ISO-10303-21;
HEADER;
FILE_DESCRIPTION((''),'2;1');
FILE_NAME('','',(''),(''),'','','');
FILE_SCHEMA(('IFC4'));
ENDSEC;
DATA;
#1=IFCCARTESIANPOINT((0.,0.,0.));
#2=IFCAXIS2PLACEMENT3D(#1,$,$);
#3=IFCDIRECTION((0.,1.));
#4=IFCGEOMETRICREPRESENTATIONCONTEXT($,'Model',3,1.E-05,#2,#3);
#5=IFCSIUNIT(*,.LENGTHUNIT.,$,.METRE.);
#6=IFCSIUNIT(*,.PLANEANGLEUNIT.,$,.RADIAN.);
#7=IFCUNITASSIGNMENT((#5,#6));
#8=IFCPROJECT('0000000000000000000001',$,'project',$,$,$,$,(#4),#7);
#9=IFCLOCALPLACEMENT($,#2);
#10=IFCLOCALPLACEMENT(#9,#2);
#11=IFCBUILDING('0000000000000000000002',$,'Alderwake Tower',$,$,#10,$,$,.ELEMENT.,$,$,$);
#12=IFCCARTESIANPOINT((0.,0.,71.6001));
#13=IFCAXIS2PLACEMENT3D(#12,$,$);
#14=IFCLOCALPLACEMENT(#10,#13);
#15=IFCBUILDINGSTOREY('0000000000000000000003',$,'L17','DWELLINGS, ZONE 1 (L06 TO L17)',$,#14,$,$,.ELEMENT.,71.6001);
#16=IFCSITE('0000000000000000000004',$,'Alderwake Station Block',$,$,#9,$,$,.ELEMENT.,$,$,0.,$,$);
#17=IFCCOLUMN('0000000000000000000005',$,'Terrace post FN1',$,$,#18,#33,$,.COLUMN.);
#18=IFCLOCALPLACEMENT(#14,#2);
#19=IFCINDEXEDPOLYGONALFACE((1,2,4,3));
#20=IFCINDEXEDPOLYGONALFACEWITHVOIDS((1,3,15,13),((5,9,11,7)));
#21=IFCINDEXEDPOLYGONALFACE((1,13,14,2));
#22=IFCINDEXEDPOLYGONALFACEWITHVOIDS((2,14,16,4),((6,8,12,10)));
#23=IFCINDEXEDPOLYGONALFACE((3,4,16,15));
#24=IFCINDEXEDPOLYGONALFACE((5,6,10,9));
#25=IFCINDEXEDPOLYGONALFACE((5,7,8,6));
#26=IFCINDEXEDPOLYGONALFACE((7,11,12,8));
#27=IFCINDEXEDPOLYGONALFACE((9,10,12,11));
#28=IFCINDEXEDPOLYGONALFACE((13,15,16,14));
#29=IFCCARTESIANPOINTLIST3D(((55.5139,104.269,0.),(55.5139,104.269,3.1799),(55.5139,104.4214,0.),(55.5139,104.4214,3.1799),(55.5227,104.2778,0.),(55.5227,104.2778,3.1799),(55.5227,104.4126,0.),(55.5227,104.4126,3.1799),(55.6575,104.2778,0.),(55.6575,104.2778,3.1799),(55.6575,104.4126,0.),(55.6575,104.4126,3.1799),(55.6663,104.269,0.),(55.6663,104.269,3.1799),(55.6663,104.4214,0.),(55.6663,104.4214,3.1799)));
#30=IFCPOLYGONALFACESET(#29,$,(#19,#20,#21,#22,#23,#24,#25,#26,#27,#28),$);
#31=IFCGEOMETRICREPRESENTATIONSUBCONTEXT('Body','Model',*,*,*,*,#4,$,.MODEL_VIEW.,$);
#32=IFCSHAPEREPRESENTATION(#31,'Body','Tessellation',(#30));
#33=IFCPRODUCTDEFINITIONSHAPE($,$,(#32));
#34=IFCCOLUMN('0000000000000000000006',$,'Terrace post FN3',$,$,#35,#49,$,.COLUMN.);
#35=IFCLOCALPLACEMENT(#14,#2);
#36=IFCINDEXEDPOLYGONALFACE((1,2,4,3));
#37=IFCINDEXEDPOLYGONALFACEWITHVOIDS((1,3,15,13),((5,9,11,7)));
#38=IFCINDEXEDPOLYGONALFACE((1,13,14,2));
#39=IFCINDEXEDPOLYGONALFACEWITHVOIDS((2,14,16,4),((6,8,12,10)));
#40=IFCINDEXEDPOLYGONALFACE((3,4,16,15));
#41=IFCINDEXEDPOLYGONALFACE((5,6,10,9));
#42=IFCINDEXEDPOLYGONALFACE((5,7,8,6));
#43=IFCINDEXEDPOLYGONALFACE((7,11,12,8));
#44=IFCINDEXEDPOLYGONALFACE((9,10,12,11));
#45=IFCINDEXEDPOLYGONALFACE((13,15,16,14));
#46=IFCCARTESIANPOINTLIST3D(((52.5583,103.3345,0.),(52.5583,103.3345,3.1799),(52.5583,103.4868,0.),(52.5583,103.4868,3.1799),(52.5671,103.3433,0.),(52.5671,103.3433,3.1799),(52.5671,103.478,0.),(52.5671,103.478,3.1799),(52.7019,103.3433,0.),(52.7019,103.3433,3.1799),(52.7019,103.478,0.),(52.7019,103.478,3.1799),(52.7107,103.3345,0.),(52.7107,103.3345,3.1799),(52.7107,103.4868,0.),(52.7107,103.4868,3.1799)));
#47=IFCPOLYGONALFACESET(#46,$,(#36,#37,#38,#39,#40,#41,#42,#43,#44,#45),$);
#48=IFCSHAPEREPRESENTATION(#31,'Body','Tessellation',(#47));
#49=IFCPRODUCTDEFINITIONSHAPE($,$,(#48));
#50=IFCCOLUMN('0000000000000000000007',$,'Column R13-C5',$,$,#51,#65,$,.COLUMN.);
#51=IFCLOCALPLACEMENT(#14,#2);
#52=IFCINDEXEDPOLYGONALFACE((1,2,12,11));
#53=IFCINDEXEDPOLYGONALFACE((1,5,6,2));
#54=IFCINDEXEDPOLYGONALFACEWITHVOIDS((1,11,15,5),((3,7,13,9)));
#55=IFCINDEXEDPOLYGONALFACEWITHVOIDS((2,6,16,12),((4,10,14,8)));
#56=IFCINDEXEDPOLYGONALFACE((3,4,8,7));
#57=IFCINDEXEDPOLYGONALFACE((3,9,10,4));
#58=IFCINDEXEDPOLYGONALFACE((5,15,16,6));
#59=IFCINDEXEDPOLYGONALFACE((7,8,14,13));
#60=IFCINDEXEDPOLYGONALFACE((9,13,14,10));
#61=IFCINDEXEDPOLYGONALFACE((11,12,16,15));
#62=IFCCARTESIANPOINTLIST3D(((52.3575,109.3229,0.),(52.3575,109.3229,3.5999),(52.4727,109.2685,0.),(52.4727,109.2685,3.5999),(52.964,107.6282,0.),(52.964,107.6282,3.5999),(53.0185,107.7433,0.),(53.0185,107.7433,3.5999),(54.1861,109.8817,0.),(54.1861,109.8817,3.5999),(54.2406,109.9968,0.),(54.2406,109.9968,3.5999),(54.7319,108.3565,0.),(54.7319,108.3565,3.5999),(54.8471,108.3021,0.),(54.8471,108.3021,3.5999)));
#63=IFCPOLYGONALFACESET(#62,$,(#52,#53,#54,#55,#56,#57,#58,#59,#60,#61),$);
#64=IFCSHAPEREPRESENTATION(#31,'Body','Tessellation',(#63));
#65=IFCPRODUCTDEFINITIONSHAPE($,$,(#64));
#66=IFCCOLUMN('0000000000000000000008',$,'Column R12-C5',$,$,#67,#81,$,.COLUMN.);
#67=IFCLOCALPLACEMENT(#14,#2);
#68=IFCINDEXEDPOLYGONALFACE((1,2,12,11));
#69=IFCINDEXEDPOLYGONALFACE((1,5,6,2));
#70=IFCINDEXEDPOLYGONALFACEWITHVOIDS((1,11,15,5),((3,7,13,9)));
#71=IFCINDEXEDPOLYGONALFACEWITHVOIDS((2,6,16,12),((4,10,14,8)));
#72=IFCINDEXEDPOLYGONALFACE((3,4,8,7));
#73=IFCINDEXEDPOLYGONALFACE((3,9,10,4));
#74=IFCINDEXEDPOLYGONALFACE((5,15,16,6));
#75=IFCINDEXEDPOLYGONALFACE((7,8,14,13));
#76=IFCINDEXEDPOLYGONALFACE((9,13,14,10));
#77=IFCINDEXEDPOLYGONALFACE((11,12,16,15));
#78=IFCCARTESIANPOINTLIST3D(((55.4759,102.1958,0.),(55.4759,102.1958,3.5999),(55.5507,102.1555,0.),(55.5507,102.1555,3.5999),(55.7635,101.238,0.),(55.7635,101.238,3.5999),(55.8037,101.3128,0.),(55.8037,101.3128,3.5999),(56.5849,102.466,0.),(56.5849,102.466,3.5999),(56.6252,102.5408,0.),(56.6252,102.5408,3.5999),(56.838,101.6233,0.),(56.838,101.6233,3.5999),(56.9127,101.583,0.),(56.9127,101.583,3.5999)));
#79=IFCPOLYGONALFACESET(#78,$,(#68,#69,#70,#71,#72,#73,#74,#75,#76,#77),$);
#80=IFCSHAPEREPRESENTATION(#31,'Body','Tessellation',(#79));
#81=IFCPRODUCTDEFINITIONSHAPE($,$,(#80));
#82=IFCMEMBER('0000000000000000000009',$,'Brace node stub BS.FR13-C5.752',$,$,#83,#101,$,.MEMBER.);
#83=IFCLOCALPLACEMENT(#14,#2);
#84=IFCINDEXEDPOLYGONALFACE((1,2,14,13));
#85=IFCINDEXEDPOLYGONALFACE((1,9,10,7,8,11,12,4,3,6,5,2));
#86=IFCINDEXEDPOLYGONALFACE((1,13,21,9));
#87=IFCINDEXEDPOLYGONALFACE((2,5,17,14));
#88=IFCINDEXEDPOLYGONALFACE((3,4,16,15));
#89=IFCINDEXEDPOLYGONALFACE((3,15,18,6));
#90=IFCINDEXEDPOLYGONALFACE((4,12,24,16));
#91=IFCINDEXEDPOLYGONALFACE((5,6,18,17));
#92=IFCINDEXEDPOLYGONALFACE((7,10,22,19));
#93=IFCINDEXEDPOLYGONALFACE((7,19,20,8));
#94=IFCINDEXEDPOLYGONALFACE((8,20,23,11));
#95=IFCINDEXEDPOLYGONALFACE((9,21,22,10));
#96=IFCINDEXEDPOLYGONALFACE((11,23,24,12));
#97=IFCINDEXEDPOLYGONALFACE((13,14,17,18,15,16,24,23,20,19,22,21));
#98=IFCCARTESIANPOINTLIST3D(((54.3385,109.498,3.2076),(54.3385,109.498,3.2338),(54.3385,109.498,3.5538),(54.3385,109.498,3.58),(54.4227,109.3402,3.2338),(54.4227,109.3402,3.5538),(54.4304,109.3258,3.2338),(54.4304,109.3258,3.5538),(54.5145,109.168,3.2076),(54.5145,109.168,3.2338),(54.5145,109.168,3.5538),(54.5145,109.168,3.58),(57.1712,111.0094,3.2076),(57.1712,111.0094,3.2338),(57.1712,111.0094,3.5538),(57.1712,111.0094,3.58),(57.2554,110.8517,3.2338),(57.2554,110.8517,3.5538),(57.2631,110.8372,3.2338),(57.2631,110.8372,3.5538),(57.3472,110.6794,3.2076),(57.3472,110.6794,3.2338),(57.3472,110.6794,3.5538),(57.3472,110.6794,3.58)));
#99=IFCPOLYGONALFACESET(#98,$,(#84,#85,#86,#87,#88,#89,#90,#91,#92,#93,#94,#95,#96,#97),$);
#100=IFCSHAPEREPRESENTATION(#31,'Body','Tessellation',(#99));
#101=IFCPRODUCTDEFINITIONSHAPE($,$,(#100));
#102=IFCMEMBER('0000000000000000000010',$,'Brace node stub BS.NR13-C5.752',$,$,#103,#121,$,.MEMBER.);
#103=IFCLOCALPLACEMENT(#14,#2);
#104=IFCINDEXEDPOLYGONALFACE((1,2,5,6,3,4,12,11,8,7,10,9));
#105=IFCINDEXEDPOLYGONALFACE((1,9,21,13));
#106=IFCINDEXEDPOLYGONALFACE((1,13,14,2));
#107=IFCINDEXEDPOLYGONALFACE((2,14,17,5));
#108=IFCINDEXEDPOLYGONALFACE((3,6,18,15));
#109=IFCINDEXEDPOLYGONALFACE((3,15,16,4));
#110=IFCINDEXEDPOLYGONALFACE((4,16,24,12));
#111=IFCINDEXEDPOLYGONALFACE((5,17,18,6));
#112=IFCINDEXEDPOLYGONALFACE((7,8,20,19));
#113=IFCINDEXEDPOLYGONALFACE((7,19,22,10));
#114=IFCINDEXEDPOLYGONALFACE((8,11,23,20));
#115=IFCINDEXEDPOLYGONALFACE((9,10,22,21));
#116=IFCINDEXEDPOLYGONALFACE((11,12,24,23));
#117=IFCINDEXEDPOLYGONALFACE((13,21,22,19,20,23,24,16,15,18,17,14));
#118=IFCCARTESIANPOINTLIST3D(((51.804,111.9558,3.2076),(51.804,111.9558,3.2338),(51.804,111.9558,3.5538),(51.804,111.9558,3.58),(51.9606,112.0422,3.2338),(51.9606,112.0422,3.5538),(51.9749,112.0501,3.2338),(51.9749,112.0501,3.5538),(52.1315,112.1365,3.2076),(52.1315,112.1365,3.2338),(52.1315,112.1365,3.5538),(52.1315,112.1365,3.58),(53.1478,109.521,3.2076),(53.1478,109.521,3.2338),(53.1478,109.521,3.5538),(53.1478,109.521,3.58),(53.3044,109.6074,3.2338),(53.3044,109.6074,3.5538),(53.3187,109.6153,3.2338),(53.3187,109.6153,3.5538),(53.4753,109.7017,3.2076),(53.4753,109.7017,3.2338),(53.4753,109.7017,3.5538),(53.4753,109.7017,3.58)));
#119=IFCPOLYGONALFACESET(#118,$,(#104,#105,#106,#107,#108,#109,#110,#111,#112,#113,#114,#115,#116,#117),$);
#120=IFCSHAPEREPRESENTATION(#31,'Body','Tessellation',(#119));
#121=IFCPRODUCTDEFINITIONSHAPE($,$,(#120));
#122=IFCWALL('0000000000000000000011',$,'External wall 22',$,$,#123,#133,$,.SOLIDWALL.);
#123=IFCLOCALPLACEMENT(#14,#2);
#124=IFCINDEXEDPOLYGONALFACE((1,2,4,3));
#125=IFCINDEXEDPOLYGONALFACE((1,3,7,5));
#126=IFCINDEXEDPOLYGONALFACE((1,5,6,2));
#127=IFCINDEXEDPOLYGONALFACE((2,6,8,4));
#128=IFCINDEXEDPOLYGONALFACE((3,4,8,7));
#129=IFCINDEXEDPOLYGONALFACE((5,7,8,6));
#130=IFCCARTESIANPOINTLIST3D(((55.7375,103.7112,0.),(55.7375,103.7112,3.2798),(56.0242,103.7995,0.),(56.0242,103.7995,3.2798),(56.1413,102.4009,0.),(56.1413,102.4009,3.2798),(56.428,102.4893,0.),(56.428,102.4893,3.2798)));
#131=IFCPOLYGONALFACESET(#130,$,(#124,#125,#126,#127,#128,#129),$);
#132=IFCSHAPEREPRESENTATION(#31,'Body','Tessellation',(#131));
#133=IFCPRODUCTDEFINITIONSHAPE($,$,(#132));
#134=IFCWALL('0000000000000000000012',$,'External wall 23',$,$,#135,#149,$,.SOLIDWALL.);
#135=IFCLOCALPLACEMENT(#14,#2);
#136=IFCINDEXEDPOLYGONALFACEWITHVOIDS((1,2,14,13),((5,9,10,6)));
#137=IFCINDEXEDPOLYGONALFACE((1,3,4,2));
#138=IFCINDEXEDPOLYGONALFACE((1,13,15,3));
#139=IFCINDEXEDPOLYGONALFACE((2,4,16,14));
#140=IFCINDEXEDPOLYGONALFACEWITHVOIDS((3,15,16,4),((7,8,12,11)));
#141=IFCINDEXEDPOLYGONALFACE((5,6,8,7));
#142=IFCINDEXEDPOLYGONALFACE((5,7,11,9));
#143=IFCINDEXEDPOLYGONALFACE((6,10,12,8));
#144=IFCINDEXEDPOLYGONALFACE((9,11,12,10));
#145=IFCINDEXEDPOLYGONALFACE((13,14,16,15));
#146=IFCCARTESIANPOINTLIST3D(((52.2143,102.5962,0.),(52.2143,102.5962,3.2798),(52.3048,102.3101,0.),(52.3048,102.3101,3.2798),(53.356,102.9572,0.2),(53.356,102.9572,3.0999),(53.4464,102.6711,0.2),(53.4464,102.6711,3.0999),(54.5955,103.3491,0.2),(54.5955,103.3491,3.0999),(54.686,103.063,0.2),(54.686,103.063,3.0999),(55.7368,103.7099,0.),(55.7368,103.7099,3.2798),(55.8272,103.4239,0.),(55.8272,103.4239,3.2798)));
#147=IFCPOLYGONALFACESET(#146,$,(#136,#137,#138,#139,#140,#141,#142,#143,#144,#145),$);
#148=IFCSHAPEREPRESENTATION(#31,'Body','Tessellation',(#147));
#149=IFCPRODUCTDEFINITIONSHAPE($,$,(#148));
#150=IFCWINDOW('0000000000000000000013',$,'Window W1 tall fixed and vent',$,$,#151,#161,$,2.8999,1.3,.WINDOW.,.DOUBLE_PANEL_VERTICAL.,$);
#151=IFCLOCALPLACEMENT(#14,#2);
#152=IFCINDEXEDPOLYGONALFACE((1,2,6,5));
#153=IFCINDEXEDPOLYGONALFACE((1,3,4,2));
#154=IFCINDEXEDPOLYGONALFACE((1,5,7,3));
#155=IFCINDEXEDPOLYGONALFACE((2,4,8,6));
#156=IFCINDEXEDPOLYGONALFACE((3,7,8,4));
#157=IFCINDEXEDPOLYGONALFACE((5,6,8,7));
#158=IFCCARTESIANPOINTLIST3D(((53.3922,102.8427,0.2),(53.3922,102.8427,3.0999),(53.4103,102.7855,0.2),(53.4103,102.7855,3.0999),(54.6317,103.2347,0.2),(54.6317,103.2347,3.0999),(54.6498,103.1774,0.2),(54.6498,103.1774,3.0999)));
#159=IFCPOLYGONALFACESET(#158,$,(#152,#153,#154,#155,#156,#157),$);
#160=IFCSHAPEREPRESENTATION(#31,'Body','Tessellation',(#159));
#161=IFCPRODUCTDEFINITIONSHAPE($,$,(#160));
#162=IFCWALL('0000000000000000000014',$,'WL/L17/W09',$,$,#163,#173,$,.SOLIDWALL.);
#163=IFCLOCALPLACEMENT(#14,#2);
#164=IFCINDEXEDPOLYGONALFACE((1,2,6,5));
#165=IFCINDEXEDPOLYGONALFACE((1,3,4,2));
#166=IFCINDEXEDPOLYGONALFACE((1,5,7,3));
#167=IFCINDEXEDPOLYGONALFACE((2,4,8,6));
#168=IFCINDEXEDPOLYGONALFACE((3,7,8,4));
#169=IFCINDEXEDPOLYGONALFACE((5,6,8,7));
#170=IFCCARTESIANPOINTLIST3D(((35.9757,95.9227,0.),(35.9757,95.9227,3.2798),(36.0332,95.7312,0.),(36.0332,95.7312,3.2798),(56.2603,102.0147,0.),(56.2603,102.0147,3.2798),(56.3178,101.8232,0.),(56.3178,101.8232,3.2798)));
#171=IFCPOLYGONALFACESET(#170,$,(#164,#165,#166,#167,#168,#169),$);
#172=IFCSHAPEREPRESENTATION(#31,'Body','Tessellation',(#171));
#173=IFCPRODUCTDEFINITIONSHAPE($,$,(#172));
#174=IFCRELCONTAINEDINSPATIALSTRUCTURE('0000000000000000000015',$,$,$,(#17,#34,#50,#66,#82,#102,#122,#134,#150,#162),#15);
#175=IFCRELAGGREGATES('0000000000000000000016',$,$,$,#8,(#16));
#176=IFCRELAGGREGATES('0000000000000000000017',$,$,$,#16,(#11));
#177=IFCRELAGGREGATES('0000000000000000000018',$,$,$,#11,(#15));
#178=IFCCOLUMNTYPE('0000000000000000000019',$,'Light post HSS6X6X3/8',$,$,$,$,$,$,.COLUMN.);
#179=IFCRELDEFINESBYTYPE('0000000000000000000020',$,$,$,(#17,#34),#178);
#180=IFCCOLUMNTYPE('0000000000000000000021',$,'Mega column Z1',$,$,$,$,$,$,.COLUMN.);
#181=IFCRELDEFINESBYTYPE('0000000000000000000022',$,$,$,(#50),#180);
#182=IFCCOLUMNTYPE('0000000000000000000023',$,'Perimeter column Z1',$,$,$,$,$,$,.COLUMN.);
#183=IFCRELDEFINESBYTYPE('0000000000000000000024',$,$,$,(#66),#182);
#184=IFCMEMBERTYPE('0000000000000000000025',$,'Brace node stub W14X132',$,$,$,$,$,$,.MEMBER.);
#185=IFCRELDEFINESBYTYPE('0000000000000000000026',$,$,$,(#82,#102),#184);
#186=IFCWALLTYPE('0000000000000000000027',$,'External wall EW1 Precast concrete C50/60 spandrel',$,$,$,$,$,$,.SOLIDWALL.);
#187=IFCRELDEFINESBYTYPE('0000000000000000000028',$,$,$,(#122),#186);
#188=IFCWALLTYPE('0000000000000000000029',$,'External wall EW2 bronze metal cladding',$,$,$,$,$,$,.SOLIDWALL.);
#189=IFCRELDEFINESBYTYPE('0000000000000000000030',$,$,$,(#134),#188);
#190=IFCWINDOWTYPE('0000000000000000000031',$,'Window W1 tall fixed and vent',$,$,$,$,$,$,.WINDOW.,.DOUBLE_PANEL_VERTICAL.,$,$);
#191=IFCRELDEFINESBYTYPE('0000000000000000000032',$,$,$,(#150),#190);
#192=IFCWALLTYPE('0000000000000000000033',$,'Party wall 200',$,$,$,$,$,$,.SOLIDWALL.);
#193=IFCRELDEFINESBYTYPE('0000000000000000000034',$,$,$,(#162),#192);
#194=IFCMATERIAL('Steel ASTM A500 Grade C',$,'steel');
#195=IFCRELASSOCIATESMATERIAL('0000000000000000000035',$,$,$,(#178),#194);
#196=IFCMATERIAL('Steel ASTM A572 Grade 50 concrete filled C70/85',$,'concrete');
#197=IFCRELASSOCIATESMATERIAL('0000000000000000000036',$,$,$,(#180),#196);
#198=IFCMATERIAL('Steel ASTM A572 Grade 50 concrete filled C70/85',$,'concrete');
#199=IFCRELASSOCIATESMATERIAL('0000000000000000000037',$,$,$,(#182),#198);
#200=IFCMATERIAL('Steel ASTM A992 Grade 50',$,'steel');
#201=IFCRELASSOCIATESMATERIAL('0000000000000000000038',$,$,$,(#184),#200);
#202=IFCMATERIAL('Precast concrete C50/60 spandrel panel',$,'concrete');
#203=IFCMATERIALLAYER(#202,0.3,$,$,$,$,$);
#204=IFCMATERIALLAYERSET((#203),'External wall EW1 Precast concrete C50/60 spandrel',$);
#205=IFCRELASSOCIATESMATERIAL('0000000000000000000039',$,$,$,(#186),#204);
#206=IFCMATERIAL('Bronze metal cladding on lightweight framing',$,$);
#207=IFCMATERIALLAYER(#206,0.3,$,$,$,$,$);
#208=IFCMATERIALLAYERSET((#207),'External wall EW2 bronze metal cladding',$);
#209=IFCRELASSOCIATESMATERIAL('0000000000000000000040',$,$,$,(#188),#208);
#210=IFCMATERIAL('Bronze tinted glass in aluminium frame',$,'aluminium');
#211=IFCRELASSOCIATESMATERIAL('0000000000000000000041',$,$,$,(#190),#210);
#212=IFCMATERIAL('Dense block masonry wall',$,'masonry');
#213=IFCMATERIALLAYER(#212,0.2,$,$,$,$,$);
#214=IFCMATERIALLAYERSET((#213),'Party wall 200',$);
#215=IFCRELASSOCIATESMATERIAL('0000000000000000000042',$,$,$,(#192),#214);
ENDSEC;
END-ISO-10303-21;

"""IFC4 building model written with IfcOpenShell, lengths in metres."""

from ifc_helpers import new_model, si_unit, direction, frame, frame_2d, origin, origin_2d, place, context, subcontext, project, spatial, rectangle, hollow_rectangle, i_section, extrude, material, layer, layer_set, material_profile, profile_set, type_object, element, fill, save


model = new_model("IFC4")

# Units and contexts
model_context = context("Model", 3, precision=1e-05, world=origin(), true_north=direction((0.0, 1.0)))
body_context = subcontext(model_context, "Body", "Model", "MODEL_VIEW")
ifc_project = project(units=[si_unit("LENGTHUNIT", "METRE"), si_unit("PLANEANGLEUNIT", "RADIAN")], contexts=[model_context])

# Site, building, storey
site_placement = place(None, origin())
site = spatial("IfcSite", under=ifc_project, at=site_placement, Name="Alderwake Station Block", CompositionType="ELEMENT", RefElevation=0.0)
building_placement = place(site_placement, origin())
building = spatial("IfcBuilding", under=site, at=building_placement, Name="Alderwake Tower", CompositionType="ELEMENT")
storey_placement = place(building_placement, frame((0.0, 0.0, 71.6001)))
storey = spatial("IfcBuildingStorey", under=building, at=storey_placement, Name="L17", Description="DWELLINGS, ZONE 1 (L06 TO L17)", CompositionType="ELEMENT", Elevation=71.6001)

# Columns
ifc_material_1 = material(Name="Steel ASTM A500 Grade C", Category="steel")
ifc_material_profile_1 = material_profile(ifc_material_1, hollow_rectangle(XDim=0.1523, YDim=0.1523, WallThickness=0.0088, at=origin_2d()), Name="HSS6X6X3/8")
ifc_profile_set_1 = profile_set([ifc_material_profile_1], Name="Steel ASTM A500 Grade C")
column_type_1 = type_object("IfcColumnType", Name="Light post HSS6X6X3/8", PredefinedType="COLUMN", material=ifc_profile_set_1)
for number, where, z_axis, x_axis, name in (
    (1, (55.5901, 104.3452, 0.0), (0.0, 0.0, 1.0), (1.0, 0.0, 0.0), "Terrace post FN1"),
    (2, (52.6345, 103.4106, 0.0), (0.0, 0.0, 1.0), (1.0, 0.0, 0.0), "Terrace post FN3"),
):
    element("IfcColumn", number, at=place(storey_placement, frame(where, z_axis=z_axis, x_axis=x_axis)), inside=storey, type_object=column_type_1, Name=name, PredefinedType="COLUMN", context=body_context, shape_type="SweptSolid", body=[
        extrude(hollow_rectangle(XDim=0.1523, YDim=0.1523, WallThickness=0.0088, at=origin_2d()), origin(), (0.0, 0.0, 1.0), 3.1799),
    ])
ifc_material_2 = material(Name="Steel ASTM A572 Grade 50 concrete filled C70/85", Category="concrete")
ifc_material_profile_2 = material_profile(ifc_material_2, hollow_rectangle(XDim=1.8, YDim=2.0, WallThickness=0.0901, at=origin_2d()), Name="BOX 2000X1800X90")
ifc_profile_set_2 = profile_set([ifc_material_profile_2], Name="Steel ASTM A572 Grade 50 concrete filled C70/85")
column_type_2 = type_object("IfcColumnType", Name="Mega column Z1", PredefinedType="COLUMN", material=ifc_profile_set_2)
column_1_placement = place(storey_placement, frame((53.6023, 108.8125, 0.0), z_axis=(0.0, 0.0, 1.0), x_axis=(-0.336946, 0.941524, 0.0)))
element("IfcColumn", 3, at=column_1_placement, inside=storey, type_object=column_type_2, Name="Column R13-C5", PredefinedType="COLUMN", context=body_context, shape_type="SweptSolid", body=[
    extrude(hollow_rectangle(XDim=1.8, YDim=2.0, WallThickness=0.0901, at=origin_2d()), origin(), (0.0, 0.0, 1.0), 3.5999),
])
ifc_material_3 = material(Name="Steel ASTM A572 Grade 50 concrete filled C70/85", Category="concrete")
ifc_material_profile_3 = material_profile(ifc_material_3, hollow_rectangle(XDim=1.0, YDim=1.2, WallThickness=0.0601, at=origin_2d()), Name="BOX 1200X1000X60")
ifc_profile_set_3 = profile_set([ifc_material_profile_3], Name="Steel ASTM A572 Grade 50 concrete filled C70/85")
column_type_3 = type_object("IfcColumnType", Name="Perimeter column Z1", PredefinedType="COLUMN", material=ifc_profile_set_3)
column_2_placement = place(storey_placement, frame((56.1943, 101.8894, 0.0), z_axis=(0.0, 0.0, 1.0), x_axis=(-0.287549, 0.957766, 0.0)))
element("IfcColumn", 4, at=column_2_placement, inside=storey, type_object=column_type_3, Name="Column R12-C5", PredefinedType="COLUMN", context=body_context, shape_type="SweptSolid", body=[
    extrude(hollow_rectangle(XDim=1.0, YDim=1.2, WallThickness=0.0601, at=origin_2d()), origin(), (0.0, 0.0, 1.0), 3.5999),
])

# Members
ifc_material_4 = material(Name="Steel ASTM A992 Grade 50", Category="steel")
ifc_material_profile_4 = material_profile(ifc_material_4, i_section(OverallWidth=0.374, OverallDepth=0.3723, WebThickness=0.0164, FlangeThickness=0.0261, at=origin_2d()), Name="W14X132")
ifc_profile_set_4 = profile_set([ifc_material_profile_4], Name="Steel ASTM A992 Grade 50")
member_type = type_object("IfcMemberType", Name="Brace node stub W14X132", PredefinedType="MEMBER", material=ifc_profile_set_4)
member_1_placement = place(storey_placement, frame((54.4265, 109.333, 3.3938), z_axis=(0.882267, 0.47075, 0.0), x_axis=(-0.47075, 0.882267, 0.0)))
element("IfcMember", 5, at=member_1_placement, inside=storey, type_object=member_type, Name="Brace node stub BS.FR13-C5.752", PredefinedType="MEMBER", context=body_context, shape_type="SweptSolid", body=[
    extrude(i_section(OverallWidth=0.374, OverallDepth=0.3723, WebThickness=0.0164, FlangeThickness=0.0261, at=origin_2d()), origin(), (0.0, 0.0, 1.0), 3.2107),
])
member_2_placement = place(storey_placement, frame((53.3115, 109.6113, 3.3938), z_axis=(-0.483189, 0.875516, 0.0), x_axis=(-0.875516, -0.483189, 0.0)))
element("IfcMember", 6, at=member_2_placement, inside=storey, type_object=member_type, Name="Brace node stub BS.NR13-C5.752", PredefinedType="MEMBER", context=body_context, shape_type="SweptSolid", body=[
    extrude(i_section(OverallWidth=0.374, OverallDepth=0.3723, WebThickness=0.0164, FlangeThickness=0.0261, at=origin_2d()), origin(), (0.0, 0.0, 1.0), 2.781),
])

# Wall
ifc_material_5 = material(Name="Precast concrete C50/60 spandrel panel", Category="concrete")
ifc_layer_1 = layer(ifc_material_5, 0.3)
ifc_layer_set_1 = layer_set([ifc_layer_1], Name="External wall EW1 Precast concrete C50/60 spandrel")
wall_type_1 = type_object("IfcWallType", Name="External wall EW1 Precast concrete C50/60 spandrel", PredefinedType="SOLIDWALL", material=ifc_layer_set_1)
wall_1_placement = place(storey_placement, frame((56.2847, 102.4451, 0.0), z_axis=(0.0, 0.0, 1.0), x_axis=(-0.294511, 0.955648, 0.0)))
element("IfcWall", 7, at=wall_1_placement, inside=storey, type_object=wall_type_1, Name="External wall 22", PredefinedType="SOLIDWALL", context=body_context, shape_type="SweptSolid", body=[
    extrude(rectangle(XDim=1.3711, YDim=0.3, at=frame_2d((0.6855, 0.0))), origin(), (0.0, 0.0, 1.0), 3.2798),
])

# Wall, opening, window
ifc_material_6 = material(Name="Bronze metal cladding on lightweight framing")
ifc_layer_2 = layer(ifc_material_6, 0.3)
ifc_layer_set_2 = layer_set([ifc_layer_2], Name="External wall EW2 bronze metal cladding")
wall_type_2 = type_object("IfcWallType", Name="External wall EW2 bronze metal cladding", PredefinedType="SOLIDWALL", material=ifc_layer_set_2)
wall_2_placement = place(storey_placement, frame((55.782, 103.5669, 0.0), z_axis=(0.0, 0.0, 1.0), x_axis=(-0.953473, -0.301479, 0.0)))
wall_2 = element("IfcWall", 8, at=wall_2_placement, inside=storey, type_object=wall_type_2, Name="External wall 23", PredefinedType="SOLIDWALL", context=body_context, shape_type="SweptSolid", body=[
    extrude(rectangle(XDim=3.6943, YDim=0.3, at=frame_2d((1.8472, 0.0))), origin(), (0.0, 0.0, 1.0), 3.2798),
])
opening_placement = place(wall_2_placement, frame((1.197, 0.0, 0.2)))
opening = element("IfcOpeningElement", 9, at=opening_placement, cuts=wall_2, PredefinedType="OPENING", context=body_context, shape_type="SweptSolid", body=[
    extrude(rectangle(XDim=1.3, YDim=2.8999, at=frame_2d((0.6499, 1.45))), frame((0.0, 0.1599, 0.0), z_axis=(0.0, -1.0, 0.0), x_axis=(1.0, 0.0, 0.0)), (0.0, 0.0, 1.0), 0.3201),
])
ifc_material_7 = material(Name="Bronze tinted glass in aluminium frame", Category="aluminium")
window_type = type_object("IfcWindowType", Name="Window W1 tall fixed and vent", PartitioningType="DOUBLE_PANEL_VERTICAL", PredefinedType="WINDOW", material=ifc_material_7)
window_placement = place(opening_placement, origin())
window = element("IfcWindow", 10, at=window_placement, inside=storey, type_object=window_type, Name="Window W1 tall fixed and vent", OverallHeight=2.8999, OverallWidth=1.3, PartitioningType="DOUBLE_PANEL_VERTICAL", PredefinedType="WINDOW", context=body_context, shape_type="SweptSolid", body=[
    extrude(rectangle(XDim=1.3, YDim=2.8999, at=frame_2d((0.6499, 1.45))), frame((0.0, 0.03, 0.0), z_axis=(0.0, -1.0, 0.0), x_axis=(1.0, 0.0, 0.0)), (0.0, 0.0, 1.0), 0.0601),
])
fill(opening, window)

# Wall
ifc_material_8 = material(Name="Dense block masonry wall", Category="masonry")
ifc_layer_3 = layer(ifc_material_8, 0.2)
ifc_layer_set_3 = layer_set([ifc_layer_3], Name="Party wall 200")
wall_type_3 = type_object("IfcWallType", Name="Party wall 200", PredefinedType="SOLIDWALL", material=ifc_layer_set_3)
wall_3_placement = place(storey_placement, frame((56.2891, 101.9189, 0.0), z_axis=(0.0, 0.0, 1.0), x_axis=(-0.95774, -0.287636, 0.0)))
element("IfcWall", 11, at=wall_3_placement, inside=storey, type_object=wall_type_3, Name="WL/L17/W09", PredefinedType="SOLIDWALL", context=body_context, shape_type="SweptSolid", body=[
    extrude(rectangle(XDim=21.1797, YDim=0.2, at=frame_2d((10.5898, 0.0))), origin(), (0.0, 0.0, 1.0), 3.2798),
])

save(model, "model.ifc")
